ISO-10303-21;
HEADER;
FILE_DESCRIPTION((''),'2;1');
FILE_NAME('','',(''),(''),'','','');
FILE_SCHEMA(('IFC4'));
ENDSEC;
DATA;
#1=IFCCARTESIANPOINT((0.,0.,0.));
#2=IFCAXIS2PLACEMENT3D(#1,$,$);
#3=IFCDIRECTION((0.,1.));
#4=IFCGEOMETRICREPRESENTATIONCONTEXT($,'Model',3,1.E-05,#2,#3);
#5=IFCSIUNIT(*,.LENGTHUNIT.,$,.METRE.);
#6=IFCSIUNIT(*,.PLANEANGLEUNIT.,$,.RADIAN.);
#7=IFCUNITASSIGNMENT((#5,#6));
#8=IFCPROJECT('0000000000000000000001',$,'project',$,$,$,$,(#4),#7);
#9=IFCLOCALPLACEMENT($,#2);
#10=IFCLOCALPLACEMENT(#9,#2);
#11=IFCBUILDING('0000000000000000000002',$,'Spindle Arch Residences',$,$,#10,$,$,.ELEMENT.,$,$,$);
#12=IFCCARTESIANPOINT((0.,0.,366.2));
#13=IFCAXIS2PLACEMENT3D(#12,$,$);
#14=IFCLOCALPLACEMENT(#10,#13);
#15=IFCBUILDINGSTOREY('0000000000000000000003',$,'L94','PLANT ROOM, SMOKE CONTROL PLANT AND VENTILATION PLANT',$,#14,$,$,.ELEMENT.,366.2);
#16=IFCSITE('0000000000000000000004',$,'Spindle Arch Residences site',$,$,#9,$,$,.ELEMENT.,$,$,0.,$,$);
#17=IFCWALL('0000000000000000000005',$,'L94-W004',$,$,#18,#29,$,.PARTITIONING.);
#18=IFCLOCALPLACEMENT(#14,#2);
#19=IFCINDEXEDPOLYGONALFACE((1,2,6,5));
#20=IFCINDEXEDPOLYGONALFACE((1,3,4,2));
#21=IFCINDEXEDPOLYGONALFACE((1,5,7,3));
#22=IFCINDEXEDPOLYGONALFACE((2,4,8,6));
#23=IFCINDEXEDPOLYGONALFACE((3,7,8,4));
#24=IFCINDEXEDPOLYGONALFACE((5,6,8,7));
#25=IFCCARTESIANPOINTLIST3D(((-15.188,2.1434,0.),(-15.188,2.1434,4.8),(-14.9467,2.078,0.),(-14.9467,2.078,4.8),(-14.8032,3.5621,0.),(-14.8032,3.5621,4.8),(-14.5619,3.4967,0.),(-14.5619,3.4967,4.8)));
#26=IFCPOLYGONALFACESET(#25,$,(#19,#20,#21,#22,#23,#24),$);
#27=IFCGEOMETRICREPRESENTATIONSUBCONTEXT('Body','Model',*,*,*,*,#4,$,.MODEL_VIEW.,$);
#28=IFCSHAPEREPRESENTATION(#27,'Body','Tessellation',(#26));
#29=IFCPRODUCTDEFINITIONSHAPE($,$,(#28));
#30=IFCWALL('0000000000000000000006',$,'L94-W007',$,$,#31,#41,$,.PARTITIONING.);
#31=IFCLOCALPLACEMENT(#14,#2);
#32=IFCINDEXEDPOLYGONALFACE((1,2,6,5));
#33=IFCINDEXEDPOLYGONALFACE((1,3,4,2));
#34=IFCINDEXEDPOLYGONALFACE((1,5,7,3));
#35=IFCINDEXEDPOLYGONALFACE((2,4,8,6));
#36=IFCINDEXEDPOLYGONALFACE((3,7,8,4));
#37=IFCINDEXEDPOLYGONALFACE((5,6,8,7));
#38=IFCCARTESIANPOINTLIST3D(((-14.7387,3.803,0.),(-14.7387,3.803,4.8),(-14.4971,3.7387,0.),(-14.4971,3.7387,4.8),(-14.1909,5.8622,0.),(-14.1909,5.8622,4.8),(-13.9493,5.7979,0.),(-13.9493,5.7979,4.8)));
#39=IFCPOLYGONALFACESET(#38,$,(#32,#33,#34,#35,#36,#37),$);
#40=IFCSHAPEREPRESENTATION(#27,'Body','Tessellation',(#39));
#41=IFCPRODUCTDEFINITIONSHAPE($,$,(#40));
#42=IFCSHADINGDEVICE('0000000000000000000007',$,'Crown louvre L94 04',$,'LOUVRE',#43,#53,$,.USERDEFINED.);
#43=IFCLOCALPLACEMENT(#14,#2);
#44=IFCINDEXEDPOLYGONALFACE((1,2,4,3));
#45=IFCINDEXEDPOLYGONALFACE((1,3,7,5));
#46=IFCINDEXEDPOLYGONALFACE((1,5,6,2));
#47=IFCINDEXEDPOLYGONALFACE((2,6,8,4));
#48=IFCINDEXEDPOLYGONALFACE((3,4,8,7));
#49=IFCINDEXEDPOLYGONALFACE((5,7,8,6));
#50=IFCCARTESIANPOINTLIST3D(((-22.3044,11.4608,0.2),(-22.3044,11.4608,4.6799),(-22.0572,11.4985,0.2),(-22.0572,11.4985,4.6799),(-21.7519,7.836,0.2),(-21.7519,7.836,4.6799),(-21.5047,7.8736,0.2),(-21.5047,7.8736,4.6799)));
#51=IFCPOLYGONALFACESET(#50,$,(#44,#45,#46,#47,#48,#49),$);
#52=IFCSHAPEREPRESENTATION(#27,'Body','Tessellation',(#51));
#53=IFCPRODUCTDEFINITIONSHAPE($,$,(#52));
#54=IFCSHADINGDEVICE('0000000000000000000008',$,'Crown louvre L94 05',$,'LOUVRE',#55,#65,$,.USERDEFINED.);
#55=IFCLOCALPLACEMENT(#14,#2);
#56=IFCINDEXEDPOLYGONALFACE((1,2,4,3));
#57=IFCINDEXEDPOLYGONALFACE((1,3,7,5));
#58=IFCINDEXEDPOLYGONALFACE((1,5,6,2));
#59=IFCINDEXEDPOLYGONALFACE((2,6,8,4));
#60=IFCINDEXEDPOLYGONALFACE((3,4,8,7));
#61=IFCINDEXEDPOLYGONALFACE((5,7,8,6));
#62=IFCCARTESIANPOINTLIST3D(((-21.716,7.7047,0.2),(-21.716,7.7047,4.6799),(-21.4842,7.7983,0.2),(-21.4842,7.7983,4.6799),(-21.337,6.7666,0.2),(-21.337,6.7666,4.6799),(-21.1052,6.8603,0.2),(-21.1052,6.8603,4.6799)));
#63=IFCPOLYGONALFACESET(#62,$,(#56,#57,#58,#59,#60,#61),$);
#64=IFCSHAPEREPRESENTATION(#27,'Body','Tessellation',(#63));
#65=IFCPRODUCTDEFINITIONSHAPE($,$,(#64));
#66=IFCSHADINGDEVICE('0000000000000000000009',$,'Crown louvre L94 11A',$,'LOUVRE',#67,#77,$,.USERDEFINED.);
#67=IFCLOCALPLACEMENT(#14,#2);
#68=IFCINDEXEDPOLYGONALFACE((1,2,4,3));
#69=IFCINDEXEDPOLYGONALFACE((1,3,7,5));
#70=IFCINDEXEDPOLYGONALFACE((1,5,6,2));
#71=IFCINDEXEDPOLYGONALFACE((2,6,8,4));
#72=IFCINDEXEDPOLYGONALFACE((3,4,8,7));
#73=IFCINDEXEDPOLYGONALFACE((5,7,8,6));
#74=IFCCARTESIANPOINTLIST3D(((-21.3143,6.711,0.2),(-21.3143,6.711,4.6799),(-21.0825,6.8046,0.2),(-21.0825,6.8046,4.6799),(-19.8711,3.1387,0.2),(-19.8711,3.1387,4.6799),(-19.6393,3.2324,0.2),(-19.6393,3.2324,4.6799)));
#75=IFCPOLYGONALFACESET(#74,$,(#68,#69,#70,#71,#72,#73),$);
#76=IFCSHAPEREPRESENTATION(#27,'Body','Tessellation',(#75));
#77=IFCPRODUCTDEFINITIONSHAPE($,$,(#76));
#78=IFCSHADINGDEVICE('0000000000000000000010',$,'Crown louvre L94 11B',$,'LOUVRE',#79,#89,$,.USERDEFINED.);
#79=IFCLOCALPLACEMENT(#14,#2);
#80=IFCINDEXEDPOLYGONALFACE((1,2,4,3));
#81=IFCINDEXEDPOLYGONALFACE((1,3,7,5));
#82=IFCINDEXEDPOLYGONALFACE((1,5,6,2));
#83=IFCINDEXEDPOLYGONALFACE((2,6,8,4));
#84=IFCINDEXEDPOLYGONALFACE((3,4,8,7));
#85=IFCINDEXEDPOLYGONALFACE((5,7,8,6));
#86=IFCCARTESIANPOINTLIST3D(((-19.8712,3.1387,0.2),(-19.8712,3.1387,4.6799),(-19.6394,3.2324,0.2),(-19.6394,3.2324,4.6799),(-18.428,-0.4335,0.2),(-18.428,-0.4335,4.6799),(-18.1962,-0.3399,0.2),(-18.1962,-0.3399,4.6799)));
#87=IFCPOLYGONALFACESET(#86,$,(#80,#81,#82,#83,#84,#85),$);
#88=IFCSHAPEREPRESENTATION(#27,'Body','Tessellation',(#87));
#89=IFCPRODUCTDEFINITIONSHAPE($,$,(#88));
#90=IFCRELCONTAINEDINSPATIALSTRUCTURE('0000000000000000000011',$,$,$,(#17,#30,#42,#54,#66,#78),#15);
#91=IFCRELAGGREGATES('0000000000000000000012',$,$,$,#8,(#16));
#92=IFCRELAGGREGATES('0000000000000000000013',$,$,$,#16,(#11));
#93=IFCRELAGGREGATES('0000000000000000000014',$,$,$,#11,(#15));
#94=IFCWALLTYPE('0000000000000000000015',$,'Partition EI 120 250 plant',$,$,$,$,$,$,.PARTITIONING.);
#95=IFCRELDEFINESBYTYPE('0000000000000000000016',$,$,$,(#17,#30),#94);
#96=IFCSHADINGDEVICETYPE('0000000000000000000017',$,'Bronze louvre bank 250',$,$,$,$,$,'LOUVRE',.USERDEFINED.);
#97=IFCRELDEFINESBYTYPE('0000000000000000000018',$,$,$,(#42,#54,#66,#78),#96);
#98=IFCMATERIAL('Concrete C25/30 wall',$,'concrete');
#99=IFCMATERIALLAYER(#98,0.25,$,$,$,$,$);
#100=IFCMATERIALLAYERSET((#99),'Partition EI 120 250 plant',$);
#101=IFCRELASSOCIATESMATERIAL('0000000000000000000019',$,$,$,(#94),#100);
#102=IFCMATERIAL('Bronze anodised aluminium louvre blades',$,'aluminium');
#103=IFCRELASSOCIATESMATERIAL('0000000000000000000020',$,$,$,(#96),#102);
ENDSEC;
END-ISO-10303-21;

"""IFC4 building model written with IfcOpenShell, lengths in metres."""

from ifc_helpers import new_model, si_unit, direction, frame, frame_2d, origin, origin_2d, place, context, subcontext, project, spatial, rectangle, extrude, material, layer, layer_set, type_object, element, save


model = new_model("IFC4")

# Units and contexts
model_context = context("Model", 3, precision=1e-05, world=origin(), true_north=direction((0.0, 1.0)))
body_context = subcontext(model_context, "Body", "Model", "MODEL_VIEW")
ifc_project = project(units=[si_unit("LENGTHUNIT", "METRE"), si_unit("PLANEANGLEUNIT", "RADIAN")], contexts=[model_context])

# Site, building, storey
site_placement = place(None, origin())
site = spatial("IfcSite", under=ifc_project, at=site_placement, Name="Spindle Arch Residences site", CompositionType="ELEMENT", RefElevation=0.0)
building_placement = place(site_placement, origin())
building = spatial("IfcBuilding", under=site, at=building_placement, Name="Spindle Arch Residences", CompositionType="ELEMENT")
storey_placement = place(building_placement, frame((0.0, 0.0, 366.2)))
storey = spatial("IfcBuildingStorey", under=building, at=storey_placement, Name="L94", Description="PLANT ROOM, SMOKE CONTROL PLANT AND VENTILATION PLANT", CompositionType="ELEMENT", Elevation=366.2)

# Walls
ifc_material_1 = material(Name="Concrete C25/30 wall", Category="concrete")
ifc_layer_1 = layer(ifc_material_1, 0.25)
ifc_layer_set_1 = layer_set([ifc_layer_1], Name="Partition EI 120 250 plant")
wall_type_1 = type_object("IfcWallType", Name="Partition EI 120 250 plant", PredefinedType="PARTITIONING", material=ifc_layer_set_1)
wall_1_placement = place(storey_placement, frame((-14.6826, 3.5293, 0.0), z_axis=(0.0, 0.0, 1.0), x_axis=(-0.261754, -0.965135, 0.0)))
element("IfcWall", 1, at=wall_1_placement, inside=storey, type_object=wall_type_1, Name="L94-W004", PredefinedType="PARTITIONING", context=body_context, shape_type="SweptSolid", body=[
    extrude(rectangle(XDim=1.47, YDim=0.25, at=frame_2d((0.7349, 0.0))), origin(), (0.0, 0.0, 1.0), 4.8),
])
wall_2_placement = place(storey_placement, frame((-14.0701, 5.8301, 0.0), z_axis=(0.0, 0.0, 1.0), x_axis=(-0.257092, -0.966387, 0.0)))
element("IfcWall", 2, at=wall_2_placement, inside=storey, type_object=wall_type_1, Name="L94-W007", PredefinedType="PARTITIONING", context=body_context, shape_type="SweptSolid", body=[
    extrude(rectangle(XDim=2.1309, YDim=0.25, at=frame_2d((1.0654, 0.0))), origin(), (0.0, 0.0, 1.0), 4.8),
])

# Shading devices
ifc_material_2 = material(Name="Bronze anodised aluminium louvre blades", Category="aluminium")
shading_device_type = type_object("IfcShadingDeviceType", Name="Bronze louvre bank 250", ElementType="LOUVRE", PredefinedType="USERDEFINED", material=ifc_material_2)
shading_device_1_placement = place(storey_placement, frame((-21.9045, 9.6672, 0.2), z_axis=(0.0, 0.0, 1.0), x_axis=(0.150686, -0.988582, 0.0)))
element("IfcShadingDevice", 3, at=shading_device_1_placement, inside=storey, type_object=shading_device_type, Name="Crown louvre L94 04", ObjectType="LOUVRE", PredefinedType="USERDEFINED", context=body_context, shape_type="SweptSolid", body=[
    extrude(rectangle(XDim=3.6667, YDim=0.25, at=origin_2d()), origin(), (0.0, 0.0, 1.0), 4.48),
])
shading_device_2_placement = place(storey_placement, frame((-21.4106, 7.2825, 0.2), z_axis=(0.0, 0.0, 1.0), x_axis=(0.374607, -0.927184, 0.0)))
element("IfcShadingDevice", 4, at=shading_device_2_placement, inside=storey, type_object=shading_device_type, Name="Crown louvre L94 05", ObjectType="LOUVRE", PredefinedType="USERDEFINED", context=body_context, shape_type="SweptSolid", body=[
    extrude(rectangle(XDim=1.0117, YDim=0.25, at=origin_2d()), origin(), (0.0, 0.0, 1.0), 4.48),
])
for number, where, z_axis, x_axis, name in (
    (5, (-20.4768, 4.9717, 0.2), (0.0, 0.0, 1.0), (0.374607, -0.927184, 0.0), "Crown louvre L94 11A"),
    (6, (-19.0337, 1.3994, 0.2), (0.0, 0.0, 1.0), (0.374607, -0.927184, 0.0), "Crown louvre L94 11B"),
):
    element("IfcShadingDevice", number, at=place(storey_placement, frame(where, z_axis=z_axis, x_axis=x_axis)), inside=storey, type_object=shading_device_type, Name=name, ObjectType="LOUVRE", PredefinedType="USERDEFINED", context=body_context, shape_type="SweptSolid", body=[
        extrude(rectangle(XDim=3.8528, YDim=0.25, at=origin_2d()), origin(), (0.0, 0.0, 1.0), 4.48),
    ])

save(model, "model.ifc")
